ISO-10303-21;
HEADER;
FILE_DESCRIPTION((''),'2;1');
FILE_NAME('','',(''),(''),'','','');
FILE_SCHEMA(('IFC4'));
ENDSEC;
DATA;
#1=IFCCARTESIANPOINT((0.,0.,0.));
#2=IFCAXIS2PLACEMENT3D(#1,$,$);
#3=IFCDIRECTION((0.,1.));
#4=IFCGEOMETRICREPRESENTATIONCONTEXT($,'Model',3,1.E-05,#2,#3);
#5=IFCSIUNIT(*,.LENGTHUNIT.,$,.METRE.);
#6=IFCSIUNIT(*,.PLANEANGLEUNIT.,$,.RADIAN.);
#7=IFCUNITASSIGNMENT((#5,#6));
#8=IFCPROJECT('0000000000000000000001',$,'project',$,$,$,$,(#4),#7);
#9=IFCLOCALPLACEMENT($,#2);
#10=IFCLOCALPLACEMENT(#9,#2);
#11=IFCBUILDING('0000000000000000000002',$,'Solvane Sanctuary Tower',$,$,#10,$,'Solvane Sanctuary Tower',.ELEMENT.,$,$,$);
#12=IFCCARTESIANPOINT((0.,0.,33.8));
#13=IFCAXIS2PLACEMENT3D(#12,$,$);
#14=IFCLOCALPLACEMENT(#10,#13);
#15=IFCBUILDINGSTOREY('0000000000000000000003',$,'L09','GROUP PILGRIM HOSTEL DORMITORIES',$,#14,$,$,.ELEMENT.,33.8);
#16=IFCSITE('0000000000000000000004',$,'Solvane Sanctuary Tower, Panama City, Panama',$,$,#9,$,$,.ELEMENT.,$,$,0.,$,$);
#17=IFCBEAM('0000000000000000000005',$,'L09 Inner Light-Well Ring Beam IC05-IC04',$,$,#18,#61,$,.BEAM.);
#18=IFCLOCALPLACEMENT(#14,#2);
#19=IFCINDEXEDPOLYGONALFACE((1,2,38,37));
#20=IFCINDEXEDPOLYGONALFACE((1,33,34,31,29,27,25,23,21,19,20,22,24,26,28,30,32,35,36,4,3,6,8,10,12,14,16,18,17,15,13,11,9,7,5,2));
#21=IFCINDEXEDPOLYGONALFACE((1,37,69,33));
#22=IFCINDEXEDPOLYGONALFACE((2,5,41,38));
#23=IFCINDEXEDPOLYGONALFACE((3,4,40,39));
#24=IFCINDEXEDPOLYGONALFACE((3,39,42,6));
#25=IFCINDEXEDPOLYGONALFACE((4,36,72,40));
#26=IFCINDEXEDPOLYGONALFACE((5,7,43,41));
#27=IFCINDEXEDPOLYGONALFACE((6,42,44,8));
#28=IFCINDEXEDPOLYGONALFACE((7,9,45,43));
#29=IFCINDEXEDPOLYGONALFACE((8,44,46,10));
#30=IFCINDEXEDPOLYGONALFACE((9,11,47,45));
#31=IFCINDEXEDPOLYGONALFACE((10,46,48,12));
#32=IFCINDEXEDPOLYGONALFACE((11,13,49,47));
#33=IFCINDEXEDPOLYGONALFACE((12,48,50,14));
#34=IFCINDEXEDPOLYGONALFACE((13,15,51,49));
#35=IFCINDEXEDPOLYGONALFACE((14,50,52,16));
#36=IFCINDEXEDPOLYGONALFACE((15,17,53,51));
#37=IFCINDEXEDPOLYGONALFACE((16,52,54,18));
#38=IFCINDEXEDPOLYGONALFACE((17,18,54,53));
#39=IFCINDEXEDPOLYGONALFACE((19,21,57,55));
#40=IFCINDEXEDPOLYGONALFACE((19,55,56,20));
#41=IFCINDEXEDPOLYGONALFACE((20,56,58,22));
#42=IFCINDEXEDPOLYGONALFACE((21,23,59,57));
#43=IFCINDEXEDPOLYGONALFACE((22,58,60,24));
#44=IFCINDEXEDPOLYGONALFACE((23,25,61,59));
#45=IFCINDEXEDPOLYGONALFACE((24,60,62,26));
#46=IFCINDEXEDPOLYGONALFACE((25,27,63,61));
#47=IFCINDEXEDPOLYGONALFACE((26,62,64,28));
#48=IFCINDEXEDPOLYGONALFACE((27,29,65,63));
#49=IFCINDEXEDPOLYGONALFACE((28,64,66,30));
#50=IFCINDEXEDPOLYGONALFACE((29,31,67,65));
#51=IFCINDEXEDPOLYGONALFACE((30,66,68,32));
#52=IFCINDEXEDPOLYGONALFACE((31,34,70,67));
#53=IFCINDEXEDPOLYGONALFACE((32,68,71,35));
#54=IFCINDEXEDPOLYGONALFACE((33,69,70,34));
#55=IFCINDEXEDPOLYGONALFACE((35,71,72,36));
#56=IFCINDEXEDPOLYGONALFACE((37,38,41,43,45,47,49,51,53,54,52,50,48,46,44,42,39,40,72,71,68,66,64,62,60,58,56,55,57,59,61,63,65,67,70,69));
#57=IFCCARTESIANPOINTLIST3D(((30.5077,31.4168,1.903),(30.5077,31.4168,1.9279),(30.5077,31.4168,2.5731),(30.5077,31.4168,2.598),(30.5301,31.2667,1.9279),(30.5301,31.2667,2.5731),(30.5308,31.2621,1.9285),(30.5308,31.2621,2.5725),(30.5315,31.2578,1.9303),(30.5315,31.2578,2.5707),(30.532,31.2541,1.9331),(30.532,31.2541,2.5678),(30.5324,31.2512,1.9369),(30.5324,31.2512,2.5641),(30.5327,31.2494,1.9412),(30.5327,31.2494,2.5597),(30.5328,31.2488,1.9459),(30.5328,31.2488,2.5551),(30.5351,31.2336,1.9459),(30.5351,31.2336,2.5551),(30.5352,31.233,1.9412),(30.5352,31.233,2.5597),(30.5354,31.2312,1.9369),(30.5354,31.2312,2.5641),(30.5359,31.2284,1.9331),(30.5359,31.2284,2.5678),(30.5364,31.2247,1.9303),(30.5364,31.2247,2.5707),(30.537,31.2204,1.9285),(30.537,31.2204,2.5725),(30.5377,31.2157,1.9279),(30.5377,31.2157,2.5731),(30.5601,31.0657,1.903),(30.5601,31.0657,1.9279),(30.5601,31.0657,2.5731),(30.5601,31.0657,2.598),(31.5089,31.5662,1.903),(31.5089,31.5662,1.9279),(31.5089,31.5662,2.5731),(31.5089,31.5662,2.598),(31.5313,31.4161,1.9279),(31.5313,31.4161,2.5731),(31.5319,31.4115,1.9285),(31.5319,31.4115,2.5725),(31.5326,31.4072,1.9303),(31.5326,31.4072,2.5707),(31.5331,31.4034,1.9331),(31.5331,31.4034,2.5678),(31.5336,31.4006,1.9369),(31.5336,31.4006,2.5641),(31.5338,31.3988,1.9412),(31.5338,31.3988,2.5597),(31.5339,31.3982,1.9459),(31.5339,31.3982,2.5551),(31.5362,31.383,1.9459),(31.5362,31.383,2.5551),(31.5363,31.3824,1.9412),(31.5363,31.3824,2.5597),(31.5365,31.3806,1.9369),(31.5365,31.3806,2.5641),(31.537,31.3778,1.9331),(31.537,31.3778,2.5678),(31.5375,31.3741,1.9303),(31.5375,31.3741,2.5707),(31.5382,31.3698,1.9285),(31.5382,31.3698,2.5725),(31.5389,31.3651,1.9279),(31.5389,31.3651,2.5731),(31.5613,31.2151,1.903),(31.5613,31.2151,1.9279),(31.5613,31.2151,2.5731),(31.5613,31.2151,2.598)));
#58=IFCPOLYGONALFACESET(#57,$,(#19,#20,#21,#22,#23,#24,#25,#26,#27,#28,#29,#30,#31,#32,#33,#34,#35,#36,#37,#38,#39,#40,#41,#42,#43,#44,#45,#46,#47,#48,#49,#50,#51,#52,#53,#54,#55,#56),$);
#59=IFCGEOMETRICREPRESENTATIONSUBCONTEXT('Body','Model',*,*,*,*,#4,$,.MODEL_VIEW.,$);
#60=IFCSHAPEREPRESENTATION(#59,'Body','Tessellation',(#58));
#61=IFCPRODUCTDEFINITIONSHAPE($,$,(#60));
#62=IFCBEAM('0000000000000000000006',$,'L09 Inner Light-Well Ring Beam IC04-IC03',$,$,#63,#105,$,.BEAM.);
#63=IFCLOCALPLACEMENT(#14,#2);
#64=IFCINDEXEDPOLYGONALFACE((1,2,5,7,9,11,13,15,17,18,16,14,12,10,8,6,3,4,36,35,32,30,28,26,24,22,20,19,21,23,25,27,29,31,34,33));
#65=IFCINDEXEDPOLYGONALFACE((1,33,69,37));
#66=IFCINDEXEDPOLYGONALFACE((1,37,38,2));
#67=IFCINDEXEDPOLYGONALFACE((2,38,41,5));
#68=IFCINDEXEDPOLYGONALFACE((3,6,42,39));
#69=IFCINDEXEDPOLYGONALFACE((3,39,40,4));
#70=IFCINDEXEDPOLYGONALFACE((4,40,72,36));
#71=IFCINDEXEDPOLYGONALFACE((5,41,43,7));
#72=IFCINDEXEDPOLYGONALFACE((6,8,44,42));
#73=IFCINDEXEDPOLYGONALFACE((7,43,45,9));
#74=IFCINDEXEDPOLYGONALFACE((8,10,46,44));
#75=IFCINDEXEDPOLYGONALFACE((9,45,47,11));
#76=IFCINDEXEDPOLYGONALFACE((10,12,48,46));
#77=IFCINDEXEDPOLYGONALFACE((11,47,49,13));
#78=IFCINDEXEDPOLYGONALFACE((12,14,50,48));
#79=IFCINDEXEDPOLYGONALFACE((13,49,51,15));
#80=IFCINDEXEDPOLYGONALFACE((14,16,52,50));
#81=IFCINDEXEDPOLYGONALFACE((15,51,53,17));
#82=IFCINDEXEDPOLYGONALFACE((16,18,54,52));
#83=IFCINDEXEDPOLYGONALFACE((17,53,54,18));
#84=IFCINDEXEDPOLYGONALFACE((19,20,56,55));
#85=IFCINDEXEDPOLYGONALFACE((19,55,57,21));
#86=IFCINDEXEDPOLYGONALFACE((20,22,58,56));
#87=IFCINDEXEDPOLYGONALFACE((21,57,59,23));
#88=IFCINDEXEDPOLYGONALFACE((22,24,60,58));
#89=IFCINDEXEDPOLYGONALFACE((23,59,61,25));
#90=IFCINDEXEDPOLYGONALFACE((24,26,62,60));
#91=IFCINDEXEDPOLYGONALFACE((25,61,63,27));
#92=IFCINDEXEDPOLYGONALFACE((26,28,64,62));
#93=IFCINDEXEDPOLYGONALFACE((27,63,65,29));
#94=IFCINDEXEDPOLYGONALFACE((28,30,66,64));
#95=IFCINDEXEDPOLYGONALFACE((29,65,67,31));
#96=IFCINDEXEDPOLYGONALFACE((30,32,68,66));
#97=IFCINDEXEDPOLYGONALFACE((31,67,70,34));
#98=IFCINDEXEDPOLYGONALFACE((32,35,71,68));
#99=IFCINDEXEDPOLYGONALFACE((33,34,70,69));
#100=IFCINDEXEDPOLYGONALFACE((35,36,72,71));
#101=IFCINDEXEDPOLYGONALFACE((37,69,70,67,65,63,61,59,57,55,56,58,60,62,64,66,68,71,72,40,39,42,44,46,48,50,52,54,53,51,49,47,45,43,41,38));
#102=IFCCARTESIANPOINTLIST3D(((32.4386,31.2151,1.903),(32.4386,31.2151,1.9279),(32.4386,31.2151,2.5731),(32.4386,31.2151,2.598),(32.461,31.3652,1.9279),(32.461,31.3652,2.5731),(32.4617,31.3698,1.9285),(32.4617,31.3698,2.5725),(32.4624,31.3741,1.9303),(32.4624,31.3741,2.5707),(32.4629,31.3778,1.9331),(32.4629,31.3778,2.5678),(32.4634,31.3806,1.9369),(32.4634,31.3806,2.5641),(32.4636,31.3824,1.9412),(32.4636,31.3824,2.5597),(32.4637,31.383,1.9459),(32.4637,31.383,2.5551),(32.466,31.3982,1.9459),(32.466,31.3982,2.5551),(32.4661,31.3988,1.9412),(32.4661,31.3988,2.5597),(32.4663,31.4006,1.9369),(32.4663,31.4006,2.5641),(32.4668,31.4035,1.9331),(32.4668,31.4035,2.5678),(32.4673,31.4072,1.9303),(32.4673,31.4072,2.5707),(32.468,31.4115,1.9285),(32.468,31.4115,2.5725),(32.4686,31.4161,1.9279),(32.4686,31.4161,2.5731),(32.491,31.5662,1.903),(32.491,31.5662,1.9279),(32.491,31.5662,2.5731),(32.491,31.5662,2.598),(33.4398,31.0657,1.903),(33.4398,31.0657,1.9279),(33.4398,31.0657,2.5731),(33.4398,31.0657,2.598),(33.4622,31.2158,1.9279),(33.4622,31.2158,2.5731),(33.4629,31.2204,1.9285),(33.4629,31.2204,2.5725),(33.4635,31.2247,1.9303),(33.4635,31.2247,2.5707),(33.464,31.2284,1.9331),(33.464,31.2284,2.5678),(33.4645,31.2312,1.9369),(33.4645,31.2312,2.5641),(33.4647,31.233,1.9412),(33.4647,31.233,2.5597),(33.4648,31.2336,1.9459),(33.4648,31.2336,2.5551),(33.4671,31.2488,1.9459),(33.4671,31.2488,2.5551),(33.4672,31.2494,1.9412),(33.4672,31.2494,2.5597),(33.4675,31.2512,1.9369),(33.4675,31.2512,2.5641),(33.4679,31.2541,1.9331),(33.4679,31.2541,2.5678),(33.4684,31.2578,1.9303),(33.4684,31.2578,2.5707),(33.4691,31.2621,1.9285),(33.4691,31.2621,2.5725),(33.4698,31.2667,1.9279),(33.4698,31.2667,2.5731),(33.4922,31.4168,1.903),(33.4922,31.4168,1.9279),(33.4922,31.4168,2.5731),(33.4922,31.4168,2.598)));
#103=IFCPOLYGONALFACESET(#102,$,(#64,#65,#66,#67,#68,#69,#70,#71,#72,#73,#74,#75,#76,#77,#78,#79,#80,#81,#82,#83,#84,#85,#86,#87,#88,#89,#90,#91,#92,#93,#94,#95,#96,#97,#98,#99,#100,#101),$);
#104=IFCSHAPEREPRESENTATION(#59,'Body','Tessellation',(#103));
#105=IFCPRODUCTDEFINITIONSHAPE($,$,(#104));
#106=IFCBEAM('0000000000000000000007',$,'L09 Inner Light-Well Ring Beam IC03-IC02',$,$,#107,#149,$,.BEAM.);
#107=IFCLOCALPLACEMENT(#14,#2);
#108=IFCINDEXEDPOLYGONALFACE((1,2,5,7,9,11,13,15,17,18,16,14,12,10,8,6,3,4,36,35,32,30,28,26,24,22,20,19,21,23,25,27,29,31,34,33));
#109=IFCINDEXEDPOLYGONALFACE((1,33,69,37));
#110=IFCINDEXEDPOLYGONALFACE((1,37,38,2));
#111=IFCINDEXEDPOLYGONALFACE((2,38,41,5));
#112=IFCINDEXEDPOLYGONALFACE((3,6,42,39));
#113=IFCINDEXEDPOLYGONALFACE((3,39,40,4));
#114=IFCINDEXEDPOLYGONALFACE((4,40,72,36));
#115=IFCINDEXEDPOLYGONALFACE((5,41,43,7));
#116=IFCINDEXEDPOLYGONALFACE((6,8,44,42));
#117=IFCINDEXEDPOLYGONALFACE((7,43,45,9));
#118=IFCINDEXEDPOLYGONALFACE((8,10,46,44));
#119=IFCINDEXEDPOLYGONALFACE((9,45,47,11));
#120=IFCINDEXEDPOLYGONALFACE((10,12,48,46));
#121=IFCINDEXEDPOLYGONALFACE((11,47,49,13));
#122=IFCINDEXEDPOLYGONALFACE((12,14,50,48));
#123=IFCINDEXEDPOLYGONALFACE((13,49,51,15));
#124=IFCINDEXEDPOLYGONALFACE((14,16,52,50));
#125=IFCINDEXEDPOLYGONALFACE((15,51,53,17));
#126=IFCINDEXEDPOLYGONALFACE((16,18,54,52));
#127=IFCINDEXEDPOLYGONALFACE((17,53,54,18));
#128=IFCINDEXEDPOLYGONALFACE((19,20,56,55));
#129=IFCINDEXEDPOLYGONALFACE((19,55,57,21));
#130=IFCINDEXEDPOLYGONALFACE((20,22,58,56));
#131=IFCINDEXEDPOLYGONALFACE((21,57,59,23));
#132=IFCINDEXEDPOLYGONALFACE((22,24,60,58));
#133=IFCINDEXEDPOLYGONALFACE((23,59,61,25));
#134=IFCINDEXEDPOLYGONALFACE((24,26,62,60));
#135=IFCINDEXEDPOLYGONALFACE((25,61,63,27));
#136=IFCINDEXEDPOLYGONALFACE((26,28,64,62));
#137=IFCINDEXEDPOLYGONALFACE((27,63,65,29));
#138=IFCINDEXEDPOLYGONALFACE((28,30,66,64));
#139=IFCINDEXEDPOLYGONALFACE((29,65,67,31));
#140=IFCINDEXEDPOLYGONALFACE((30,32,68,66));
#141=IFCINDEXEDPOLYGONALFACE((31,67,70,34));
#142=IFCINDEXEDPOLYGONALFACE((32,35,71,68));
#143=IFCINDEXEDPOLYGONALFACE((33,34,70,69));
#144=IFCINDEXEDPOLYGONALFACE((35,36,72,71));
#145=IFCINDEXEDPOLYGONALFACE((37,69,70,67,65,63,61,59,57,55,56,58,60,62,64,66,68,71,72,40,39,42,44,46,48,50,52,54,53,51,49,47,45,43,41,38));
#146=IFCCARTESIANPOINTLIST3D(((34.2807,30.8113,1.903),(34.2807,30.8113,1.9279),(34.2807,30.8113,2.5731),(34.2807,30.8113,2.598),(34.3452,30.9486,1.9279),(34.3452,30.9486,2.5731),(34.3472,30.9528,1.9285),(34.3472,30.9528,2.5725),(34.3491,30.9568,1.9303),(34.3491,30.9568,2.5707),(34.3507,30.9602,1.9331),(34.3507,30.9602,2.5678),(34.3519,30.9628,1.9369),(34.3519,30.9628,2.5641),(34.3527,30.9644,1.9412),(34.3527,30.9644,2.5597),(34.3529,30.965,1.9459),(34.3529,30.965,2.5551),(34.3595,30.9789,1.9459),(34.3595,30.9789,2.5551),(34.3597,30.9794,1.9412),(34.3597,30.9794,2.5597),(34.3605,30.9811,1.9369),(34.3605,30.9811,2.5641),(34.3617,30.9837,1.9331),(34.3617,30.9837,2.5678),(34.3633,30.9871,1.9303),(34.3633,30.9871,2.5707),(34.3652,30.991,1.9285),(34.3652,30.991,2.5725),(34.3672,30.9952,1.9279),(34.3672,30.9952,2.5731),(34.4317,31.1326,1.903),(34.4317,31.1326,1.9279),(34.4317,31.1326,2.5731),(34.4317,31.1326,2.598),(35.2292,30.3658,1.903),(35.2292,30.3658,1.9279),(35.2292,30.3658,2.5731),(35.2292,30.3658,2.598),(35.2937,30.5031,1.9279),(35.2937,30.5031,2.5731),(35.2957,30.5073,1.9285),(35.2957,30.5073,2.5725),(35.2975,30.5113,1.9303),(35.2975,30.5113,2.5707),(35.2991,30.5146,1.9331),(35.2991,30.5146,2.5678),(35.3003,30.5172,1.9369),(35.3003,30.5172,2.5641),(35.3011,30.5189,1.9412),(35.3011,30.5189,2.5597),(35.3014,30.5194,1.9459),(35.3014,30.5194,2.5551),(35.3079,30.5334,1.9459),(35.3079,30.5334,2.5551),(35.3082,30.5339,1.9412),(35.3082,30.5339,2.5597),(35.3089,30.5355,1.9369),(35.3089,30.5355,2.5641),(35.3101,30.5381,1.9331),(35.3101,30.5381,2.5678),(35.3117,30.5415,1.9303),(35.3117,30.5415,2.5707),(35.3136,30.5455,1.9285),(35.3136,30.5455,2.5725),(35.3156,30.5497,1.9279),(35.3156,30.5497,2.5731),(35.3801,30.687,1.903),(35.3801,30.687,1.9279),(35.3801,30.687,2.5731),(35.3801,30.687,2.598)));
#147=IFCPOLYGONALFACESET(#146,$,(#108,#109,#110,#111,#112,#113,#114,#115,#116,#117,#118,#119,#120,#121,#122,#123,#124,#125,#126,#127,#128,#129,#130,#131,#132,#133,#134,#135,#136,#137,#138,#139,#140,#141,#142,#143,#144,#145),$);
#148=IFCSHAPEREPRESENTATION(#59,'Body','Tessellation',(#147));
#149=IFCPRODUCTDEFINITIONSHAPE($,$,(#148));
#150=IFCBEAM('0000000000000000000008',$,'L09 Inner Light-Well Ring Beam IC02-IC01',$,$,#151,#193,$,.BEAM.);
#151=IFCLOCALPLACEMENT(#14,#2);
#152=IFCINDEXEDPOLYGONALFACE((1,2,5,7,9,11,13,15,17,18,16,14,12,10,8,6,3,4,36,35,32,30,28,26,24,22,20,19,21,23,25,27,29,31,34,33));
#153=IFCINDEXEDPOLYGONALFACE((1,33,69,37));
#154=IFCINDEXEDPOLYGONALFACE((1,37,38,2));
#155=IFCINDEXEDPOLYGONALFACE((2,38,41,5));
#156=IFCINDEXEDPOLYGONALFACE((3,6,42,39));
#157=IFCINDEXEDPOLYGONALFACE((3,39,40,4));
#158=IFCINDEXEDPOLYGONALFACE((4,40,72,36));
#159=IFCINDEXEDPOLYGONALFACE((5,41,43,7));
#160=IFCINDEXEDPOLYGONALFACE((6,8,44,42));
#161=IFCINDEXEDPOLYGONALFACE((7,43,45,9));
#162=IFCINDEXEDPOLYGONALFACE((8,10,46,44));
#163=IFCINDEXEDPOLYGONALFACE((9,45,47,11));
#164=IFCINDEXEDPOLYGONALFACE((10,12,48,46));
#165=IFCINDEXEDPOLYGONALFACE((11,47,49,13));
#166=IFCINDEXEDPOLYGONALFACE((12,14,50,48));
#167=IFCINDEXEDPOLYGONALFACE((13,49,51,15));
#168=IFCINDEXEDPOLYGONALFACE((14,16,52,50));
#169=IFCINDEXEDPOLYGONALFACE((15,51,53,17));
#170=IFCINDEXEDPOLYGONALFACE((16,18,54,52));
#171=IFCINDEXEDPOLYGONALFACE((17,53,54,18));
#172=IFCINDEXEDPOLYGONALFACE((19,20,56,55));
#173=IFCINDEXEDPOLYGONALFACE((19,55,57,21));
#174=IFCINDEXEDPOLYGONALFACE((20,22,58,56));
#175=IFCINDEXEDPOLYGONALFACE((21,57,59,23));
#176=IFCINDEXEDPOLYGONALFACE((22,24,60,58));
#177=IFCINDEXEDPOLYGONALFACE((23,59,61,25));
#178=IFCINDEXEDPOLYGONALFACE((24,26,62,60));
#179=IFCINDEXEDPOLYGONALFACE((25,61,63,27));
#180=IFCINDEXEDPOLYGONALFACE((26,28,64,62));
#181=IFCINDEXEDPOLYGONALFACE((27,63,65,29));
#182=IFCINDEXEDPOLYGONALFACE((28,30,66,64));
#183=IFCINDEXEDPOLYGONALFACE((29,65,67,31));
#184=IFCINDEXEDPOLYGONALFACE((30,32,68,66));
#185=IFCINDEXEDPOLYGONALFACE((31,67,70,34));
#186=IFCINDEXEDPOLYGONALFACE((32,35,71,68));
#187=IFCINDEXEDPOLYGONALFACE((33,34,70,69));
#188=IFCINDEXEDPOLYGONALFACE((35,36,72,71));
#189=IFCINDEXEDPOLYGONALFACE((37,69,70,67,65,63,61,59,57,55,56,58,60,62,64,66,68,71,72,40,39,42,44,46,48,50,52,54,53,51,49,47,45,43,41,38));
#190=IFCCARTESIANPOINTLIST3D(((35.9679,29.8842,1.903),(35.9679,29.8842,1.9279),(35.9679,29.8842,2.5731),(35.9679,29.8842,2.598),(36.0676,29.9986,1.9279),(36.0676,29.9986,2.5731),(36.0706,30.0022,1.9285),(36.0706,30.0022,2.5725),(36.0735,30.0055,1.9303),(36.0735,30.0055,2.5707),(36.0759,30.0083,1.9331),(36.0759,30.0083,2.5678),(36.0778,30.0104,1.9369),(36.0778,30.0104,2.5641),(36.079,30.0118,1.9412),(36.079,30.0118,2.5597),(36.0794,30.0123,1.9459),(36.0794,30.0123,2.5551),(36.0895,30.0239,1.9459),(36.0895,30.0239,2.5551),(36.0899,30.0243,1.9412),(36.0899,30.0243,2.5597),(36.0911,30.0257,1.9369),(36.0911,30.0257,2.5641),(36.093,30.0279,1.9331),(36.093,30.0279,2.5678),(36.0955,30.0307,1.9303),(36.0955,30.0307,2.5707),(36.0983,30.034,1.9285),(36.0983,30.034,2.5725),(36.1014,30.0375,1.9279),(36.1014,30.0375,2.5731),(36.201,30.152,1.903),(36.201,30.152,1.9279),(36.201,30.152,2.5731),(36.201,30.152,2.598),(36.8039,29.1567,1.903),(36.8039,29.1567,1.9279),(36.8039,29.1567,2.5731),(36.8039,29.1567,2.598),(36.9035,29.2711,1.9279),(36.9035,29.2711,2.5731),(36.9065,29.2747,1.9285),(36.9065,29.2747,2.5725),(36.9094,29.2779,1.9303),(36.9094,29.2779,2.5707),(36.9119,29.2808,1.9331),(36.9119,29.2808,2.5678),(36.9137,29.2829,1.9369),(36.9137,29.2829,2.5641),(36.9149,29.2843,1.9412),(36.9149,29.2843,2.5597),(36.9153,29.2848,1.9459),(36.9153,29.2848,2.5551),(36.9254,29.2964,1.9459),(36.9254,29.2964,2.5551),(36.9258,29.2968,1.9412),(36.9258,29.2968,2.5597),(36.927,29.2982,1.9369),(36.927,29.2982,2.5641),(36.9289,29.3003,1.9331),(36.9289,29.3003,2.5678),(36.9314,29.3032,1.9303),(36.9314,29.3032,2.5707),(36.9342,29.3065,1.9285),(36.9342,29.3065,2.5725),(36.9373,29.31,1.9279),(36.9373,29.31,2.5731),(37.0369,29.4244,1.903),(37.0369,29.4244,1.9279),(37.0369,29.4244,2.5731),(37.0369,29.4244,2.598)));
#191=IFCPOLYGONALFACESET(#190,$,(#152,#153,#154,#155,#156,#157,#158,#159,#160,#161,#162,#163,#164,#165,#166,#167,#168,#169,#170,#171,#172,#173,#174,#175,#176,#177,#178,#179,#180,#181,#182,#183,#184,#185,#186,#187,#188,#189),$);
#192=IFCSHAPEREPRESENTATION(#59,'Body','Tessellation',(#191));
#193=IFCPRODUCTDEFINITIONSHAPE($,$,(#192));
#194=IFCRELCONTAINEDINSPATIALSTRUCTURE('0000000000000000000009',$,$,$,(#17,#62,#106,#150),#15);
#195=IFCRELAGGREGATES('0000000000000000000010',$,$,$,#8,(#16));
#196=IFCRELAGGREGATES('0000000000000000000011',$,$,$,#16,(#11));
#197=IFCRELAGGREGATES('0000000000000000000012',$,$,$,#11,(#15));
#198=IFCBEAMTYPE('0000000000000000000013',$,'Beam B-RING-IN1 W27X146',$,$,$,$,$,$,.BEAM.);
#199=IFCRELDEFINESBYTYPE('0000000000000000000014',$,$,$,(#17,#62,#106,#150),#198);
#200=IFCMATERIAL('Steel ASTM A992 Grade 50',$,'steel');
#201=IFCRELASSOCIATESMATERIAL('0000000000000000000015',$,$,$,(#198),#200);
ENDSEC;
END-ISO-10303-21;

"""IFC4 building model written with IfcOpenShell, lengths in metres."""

from ifc_helpers import new_model, si_unit, direction, frame, origin, origin_2d, place, context, subcontext, project, spatial, i_section, extrude, material, material_profile, profile_set, type_object, element, save


model = new_model("IFC4")

# Units and contexts
model_context = context("Model", 3, precision=1e-05, world=origin(), true_north=direction((0.0, 1.0)))
body_context = subcontext(model_context, "Body", "Model", "MODEL_VIEW")
ifc_project = project(units=[si_unit("LENGTHUNIT", "METRE"), si_unit("PLANEANGLEUNIT", "RADIAN")], contexts=[model_context])

# Site, building, storey
site_placement = place(None, origin())
site = spatial("IfcSite", under=ifc_project, at=site_placement, Name="Solvane Sanctuary Tower, Panama City, Panama", CompositionType="ELEMENT", RefElevation=0.0)
building_placement = place(site_placement, origin())
building = spatial("IfcBuilding", under=site, at=building_placement, Name="Solvane Sanctuary Tower", LongName="Solvane Sanctuary Tower", CompositionType="ELEMENT")
storey_placement = place(building_placement, frame((0.0, 0.0, 33.8)))
storey = spatial("IfcBuildingStorey", under=building, at=storey_placement, Name="L09", Description="GROUP PILGRIM HOSTEL DORMITORIES", CompositionType="ELEMENT", Elevation=33.8)

# Beams
ifc_material_1 = material(Name="Steel ASTM A992 Grade 50", Category="steel")
ifc_material_profile_1 = material_profile(ifc_material_1, i_section(OverallWidth=0.355, OverallDepth=0.6951, WebThickness=0.0154, FlangeThickness=0.0249, FilletRadius=0.0181, at=origin_2d()), Name="W27X146")
ifc_profile_set_1 = profile_set([ifc_material_profile_1], Name="Steel ASTM A992 Grade 50")
beam_type_1 = type_object("IfcBeamType", Name="Beam B-RING-IN1 W27X146", PredefinedType="BEAM", material=ifc_profile_set_1)
for number, where, z_axis, x_axis, name in (
    (1, (30.5339, 31.2412, 2.2505), (0.989048, 0.147597, 0.0), (-0.147597, 0.989048, 0.0), "L09 Inner Light-Well Ring Beam IC05-IC04"),
    (2, (32.4648, 31.3906, 2.2505), (0.989048, -0.147597, 0.0), (0.147597, 0.989048, 0.0), "L09 Inner Light-Well Ring Beam IC04-IC03"),
):
    element("IfcBeam", number, at=place(storey_placement, frame(where, z_axis=z_axis, x_axis=x_axis)), inside=storey, type_object=beam_type_1, Name=name, PredefinedType="BEAM", context=body_context, shape_type="SweptSolid", body=[
        extrude(i_section(OverallWidth=0.355, OverallDepth=0.6951, WebThickness=0.0154, FlangeThickness=0.0249, FilletRadius=0.0181, at=origin_2d()), origin(), (0.0, 0.0, 1.0), 1.0122),
    ])
beam_1_placement = place(storey_placement, frame((34.3562, 30.9719, 2.2505), z_axis=(0.905109, -0.42518, 0.0), x_axis=(0.42518, 0.905109, 0.0)))
element("IfcBeam", 3, at=beam_1_placement, inside=storey, type_object=beam_type_1, Name="L09 Inner Light-Well Ring Beam IC03-IC02", PredefinedType="BEAM", context=body_context, shape_type="SweptSolid", body=[
    extrude(i_section(OverallWidth=0.355, OverallDepth=0.6951, WebThickness=0.0154, FlangeThickness=0.0249, FilletRadius=0.0181, at=origin_2d()), origin(), (0.0, 0.0, 1.0), 1.0479),
])
beam_2_placement = place(storey_placement, frame((36.0845, 30.0181, 2.2505), z_axis=(0.754321, -0.656506, 0.0), x_axis=(0.656506, 0.754321, 0.0)))
element("IfcBeam", 4, at=beam_2_placement, inside=storey, type_object=beam_type_1, Name="L09 Inner Light-Well Ring Beam IC02-IC01", PredefinedType="BEAM", context=body_context, shape_type="SweptSolid", body=[
    extrude(i_section(OverallWidth=0.355, OverallDepth=0.6951, WebThickness=0.0154, FlangeThickness=0.0249, FilletRadius=0.0181, at=origin_2d()), origin(), (0.0, 0.0, 1.0), 1.1082),
])

save(model, "model.ifc")
